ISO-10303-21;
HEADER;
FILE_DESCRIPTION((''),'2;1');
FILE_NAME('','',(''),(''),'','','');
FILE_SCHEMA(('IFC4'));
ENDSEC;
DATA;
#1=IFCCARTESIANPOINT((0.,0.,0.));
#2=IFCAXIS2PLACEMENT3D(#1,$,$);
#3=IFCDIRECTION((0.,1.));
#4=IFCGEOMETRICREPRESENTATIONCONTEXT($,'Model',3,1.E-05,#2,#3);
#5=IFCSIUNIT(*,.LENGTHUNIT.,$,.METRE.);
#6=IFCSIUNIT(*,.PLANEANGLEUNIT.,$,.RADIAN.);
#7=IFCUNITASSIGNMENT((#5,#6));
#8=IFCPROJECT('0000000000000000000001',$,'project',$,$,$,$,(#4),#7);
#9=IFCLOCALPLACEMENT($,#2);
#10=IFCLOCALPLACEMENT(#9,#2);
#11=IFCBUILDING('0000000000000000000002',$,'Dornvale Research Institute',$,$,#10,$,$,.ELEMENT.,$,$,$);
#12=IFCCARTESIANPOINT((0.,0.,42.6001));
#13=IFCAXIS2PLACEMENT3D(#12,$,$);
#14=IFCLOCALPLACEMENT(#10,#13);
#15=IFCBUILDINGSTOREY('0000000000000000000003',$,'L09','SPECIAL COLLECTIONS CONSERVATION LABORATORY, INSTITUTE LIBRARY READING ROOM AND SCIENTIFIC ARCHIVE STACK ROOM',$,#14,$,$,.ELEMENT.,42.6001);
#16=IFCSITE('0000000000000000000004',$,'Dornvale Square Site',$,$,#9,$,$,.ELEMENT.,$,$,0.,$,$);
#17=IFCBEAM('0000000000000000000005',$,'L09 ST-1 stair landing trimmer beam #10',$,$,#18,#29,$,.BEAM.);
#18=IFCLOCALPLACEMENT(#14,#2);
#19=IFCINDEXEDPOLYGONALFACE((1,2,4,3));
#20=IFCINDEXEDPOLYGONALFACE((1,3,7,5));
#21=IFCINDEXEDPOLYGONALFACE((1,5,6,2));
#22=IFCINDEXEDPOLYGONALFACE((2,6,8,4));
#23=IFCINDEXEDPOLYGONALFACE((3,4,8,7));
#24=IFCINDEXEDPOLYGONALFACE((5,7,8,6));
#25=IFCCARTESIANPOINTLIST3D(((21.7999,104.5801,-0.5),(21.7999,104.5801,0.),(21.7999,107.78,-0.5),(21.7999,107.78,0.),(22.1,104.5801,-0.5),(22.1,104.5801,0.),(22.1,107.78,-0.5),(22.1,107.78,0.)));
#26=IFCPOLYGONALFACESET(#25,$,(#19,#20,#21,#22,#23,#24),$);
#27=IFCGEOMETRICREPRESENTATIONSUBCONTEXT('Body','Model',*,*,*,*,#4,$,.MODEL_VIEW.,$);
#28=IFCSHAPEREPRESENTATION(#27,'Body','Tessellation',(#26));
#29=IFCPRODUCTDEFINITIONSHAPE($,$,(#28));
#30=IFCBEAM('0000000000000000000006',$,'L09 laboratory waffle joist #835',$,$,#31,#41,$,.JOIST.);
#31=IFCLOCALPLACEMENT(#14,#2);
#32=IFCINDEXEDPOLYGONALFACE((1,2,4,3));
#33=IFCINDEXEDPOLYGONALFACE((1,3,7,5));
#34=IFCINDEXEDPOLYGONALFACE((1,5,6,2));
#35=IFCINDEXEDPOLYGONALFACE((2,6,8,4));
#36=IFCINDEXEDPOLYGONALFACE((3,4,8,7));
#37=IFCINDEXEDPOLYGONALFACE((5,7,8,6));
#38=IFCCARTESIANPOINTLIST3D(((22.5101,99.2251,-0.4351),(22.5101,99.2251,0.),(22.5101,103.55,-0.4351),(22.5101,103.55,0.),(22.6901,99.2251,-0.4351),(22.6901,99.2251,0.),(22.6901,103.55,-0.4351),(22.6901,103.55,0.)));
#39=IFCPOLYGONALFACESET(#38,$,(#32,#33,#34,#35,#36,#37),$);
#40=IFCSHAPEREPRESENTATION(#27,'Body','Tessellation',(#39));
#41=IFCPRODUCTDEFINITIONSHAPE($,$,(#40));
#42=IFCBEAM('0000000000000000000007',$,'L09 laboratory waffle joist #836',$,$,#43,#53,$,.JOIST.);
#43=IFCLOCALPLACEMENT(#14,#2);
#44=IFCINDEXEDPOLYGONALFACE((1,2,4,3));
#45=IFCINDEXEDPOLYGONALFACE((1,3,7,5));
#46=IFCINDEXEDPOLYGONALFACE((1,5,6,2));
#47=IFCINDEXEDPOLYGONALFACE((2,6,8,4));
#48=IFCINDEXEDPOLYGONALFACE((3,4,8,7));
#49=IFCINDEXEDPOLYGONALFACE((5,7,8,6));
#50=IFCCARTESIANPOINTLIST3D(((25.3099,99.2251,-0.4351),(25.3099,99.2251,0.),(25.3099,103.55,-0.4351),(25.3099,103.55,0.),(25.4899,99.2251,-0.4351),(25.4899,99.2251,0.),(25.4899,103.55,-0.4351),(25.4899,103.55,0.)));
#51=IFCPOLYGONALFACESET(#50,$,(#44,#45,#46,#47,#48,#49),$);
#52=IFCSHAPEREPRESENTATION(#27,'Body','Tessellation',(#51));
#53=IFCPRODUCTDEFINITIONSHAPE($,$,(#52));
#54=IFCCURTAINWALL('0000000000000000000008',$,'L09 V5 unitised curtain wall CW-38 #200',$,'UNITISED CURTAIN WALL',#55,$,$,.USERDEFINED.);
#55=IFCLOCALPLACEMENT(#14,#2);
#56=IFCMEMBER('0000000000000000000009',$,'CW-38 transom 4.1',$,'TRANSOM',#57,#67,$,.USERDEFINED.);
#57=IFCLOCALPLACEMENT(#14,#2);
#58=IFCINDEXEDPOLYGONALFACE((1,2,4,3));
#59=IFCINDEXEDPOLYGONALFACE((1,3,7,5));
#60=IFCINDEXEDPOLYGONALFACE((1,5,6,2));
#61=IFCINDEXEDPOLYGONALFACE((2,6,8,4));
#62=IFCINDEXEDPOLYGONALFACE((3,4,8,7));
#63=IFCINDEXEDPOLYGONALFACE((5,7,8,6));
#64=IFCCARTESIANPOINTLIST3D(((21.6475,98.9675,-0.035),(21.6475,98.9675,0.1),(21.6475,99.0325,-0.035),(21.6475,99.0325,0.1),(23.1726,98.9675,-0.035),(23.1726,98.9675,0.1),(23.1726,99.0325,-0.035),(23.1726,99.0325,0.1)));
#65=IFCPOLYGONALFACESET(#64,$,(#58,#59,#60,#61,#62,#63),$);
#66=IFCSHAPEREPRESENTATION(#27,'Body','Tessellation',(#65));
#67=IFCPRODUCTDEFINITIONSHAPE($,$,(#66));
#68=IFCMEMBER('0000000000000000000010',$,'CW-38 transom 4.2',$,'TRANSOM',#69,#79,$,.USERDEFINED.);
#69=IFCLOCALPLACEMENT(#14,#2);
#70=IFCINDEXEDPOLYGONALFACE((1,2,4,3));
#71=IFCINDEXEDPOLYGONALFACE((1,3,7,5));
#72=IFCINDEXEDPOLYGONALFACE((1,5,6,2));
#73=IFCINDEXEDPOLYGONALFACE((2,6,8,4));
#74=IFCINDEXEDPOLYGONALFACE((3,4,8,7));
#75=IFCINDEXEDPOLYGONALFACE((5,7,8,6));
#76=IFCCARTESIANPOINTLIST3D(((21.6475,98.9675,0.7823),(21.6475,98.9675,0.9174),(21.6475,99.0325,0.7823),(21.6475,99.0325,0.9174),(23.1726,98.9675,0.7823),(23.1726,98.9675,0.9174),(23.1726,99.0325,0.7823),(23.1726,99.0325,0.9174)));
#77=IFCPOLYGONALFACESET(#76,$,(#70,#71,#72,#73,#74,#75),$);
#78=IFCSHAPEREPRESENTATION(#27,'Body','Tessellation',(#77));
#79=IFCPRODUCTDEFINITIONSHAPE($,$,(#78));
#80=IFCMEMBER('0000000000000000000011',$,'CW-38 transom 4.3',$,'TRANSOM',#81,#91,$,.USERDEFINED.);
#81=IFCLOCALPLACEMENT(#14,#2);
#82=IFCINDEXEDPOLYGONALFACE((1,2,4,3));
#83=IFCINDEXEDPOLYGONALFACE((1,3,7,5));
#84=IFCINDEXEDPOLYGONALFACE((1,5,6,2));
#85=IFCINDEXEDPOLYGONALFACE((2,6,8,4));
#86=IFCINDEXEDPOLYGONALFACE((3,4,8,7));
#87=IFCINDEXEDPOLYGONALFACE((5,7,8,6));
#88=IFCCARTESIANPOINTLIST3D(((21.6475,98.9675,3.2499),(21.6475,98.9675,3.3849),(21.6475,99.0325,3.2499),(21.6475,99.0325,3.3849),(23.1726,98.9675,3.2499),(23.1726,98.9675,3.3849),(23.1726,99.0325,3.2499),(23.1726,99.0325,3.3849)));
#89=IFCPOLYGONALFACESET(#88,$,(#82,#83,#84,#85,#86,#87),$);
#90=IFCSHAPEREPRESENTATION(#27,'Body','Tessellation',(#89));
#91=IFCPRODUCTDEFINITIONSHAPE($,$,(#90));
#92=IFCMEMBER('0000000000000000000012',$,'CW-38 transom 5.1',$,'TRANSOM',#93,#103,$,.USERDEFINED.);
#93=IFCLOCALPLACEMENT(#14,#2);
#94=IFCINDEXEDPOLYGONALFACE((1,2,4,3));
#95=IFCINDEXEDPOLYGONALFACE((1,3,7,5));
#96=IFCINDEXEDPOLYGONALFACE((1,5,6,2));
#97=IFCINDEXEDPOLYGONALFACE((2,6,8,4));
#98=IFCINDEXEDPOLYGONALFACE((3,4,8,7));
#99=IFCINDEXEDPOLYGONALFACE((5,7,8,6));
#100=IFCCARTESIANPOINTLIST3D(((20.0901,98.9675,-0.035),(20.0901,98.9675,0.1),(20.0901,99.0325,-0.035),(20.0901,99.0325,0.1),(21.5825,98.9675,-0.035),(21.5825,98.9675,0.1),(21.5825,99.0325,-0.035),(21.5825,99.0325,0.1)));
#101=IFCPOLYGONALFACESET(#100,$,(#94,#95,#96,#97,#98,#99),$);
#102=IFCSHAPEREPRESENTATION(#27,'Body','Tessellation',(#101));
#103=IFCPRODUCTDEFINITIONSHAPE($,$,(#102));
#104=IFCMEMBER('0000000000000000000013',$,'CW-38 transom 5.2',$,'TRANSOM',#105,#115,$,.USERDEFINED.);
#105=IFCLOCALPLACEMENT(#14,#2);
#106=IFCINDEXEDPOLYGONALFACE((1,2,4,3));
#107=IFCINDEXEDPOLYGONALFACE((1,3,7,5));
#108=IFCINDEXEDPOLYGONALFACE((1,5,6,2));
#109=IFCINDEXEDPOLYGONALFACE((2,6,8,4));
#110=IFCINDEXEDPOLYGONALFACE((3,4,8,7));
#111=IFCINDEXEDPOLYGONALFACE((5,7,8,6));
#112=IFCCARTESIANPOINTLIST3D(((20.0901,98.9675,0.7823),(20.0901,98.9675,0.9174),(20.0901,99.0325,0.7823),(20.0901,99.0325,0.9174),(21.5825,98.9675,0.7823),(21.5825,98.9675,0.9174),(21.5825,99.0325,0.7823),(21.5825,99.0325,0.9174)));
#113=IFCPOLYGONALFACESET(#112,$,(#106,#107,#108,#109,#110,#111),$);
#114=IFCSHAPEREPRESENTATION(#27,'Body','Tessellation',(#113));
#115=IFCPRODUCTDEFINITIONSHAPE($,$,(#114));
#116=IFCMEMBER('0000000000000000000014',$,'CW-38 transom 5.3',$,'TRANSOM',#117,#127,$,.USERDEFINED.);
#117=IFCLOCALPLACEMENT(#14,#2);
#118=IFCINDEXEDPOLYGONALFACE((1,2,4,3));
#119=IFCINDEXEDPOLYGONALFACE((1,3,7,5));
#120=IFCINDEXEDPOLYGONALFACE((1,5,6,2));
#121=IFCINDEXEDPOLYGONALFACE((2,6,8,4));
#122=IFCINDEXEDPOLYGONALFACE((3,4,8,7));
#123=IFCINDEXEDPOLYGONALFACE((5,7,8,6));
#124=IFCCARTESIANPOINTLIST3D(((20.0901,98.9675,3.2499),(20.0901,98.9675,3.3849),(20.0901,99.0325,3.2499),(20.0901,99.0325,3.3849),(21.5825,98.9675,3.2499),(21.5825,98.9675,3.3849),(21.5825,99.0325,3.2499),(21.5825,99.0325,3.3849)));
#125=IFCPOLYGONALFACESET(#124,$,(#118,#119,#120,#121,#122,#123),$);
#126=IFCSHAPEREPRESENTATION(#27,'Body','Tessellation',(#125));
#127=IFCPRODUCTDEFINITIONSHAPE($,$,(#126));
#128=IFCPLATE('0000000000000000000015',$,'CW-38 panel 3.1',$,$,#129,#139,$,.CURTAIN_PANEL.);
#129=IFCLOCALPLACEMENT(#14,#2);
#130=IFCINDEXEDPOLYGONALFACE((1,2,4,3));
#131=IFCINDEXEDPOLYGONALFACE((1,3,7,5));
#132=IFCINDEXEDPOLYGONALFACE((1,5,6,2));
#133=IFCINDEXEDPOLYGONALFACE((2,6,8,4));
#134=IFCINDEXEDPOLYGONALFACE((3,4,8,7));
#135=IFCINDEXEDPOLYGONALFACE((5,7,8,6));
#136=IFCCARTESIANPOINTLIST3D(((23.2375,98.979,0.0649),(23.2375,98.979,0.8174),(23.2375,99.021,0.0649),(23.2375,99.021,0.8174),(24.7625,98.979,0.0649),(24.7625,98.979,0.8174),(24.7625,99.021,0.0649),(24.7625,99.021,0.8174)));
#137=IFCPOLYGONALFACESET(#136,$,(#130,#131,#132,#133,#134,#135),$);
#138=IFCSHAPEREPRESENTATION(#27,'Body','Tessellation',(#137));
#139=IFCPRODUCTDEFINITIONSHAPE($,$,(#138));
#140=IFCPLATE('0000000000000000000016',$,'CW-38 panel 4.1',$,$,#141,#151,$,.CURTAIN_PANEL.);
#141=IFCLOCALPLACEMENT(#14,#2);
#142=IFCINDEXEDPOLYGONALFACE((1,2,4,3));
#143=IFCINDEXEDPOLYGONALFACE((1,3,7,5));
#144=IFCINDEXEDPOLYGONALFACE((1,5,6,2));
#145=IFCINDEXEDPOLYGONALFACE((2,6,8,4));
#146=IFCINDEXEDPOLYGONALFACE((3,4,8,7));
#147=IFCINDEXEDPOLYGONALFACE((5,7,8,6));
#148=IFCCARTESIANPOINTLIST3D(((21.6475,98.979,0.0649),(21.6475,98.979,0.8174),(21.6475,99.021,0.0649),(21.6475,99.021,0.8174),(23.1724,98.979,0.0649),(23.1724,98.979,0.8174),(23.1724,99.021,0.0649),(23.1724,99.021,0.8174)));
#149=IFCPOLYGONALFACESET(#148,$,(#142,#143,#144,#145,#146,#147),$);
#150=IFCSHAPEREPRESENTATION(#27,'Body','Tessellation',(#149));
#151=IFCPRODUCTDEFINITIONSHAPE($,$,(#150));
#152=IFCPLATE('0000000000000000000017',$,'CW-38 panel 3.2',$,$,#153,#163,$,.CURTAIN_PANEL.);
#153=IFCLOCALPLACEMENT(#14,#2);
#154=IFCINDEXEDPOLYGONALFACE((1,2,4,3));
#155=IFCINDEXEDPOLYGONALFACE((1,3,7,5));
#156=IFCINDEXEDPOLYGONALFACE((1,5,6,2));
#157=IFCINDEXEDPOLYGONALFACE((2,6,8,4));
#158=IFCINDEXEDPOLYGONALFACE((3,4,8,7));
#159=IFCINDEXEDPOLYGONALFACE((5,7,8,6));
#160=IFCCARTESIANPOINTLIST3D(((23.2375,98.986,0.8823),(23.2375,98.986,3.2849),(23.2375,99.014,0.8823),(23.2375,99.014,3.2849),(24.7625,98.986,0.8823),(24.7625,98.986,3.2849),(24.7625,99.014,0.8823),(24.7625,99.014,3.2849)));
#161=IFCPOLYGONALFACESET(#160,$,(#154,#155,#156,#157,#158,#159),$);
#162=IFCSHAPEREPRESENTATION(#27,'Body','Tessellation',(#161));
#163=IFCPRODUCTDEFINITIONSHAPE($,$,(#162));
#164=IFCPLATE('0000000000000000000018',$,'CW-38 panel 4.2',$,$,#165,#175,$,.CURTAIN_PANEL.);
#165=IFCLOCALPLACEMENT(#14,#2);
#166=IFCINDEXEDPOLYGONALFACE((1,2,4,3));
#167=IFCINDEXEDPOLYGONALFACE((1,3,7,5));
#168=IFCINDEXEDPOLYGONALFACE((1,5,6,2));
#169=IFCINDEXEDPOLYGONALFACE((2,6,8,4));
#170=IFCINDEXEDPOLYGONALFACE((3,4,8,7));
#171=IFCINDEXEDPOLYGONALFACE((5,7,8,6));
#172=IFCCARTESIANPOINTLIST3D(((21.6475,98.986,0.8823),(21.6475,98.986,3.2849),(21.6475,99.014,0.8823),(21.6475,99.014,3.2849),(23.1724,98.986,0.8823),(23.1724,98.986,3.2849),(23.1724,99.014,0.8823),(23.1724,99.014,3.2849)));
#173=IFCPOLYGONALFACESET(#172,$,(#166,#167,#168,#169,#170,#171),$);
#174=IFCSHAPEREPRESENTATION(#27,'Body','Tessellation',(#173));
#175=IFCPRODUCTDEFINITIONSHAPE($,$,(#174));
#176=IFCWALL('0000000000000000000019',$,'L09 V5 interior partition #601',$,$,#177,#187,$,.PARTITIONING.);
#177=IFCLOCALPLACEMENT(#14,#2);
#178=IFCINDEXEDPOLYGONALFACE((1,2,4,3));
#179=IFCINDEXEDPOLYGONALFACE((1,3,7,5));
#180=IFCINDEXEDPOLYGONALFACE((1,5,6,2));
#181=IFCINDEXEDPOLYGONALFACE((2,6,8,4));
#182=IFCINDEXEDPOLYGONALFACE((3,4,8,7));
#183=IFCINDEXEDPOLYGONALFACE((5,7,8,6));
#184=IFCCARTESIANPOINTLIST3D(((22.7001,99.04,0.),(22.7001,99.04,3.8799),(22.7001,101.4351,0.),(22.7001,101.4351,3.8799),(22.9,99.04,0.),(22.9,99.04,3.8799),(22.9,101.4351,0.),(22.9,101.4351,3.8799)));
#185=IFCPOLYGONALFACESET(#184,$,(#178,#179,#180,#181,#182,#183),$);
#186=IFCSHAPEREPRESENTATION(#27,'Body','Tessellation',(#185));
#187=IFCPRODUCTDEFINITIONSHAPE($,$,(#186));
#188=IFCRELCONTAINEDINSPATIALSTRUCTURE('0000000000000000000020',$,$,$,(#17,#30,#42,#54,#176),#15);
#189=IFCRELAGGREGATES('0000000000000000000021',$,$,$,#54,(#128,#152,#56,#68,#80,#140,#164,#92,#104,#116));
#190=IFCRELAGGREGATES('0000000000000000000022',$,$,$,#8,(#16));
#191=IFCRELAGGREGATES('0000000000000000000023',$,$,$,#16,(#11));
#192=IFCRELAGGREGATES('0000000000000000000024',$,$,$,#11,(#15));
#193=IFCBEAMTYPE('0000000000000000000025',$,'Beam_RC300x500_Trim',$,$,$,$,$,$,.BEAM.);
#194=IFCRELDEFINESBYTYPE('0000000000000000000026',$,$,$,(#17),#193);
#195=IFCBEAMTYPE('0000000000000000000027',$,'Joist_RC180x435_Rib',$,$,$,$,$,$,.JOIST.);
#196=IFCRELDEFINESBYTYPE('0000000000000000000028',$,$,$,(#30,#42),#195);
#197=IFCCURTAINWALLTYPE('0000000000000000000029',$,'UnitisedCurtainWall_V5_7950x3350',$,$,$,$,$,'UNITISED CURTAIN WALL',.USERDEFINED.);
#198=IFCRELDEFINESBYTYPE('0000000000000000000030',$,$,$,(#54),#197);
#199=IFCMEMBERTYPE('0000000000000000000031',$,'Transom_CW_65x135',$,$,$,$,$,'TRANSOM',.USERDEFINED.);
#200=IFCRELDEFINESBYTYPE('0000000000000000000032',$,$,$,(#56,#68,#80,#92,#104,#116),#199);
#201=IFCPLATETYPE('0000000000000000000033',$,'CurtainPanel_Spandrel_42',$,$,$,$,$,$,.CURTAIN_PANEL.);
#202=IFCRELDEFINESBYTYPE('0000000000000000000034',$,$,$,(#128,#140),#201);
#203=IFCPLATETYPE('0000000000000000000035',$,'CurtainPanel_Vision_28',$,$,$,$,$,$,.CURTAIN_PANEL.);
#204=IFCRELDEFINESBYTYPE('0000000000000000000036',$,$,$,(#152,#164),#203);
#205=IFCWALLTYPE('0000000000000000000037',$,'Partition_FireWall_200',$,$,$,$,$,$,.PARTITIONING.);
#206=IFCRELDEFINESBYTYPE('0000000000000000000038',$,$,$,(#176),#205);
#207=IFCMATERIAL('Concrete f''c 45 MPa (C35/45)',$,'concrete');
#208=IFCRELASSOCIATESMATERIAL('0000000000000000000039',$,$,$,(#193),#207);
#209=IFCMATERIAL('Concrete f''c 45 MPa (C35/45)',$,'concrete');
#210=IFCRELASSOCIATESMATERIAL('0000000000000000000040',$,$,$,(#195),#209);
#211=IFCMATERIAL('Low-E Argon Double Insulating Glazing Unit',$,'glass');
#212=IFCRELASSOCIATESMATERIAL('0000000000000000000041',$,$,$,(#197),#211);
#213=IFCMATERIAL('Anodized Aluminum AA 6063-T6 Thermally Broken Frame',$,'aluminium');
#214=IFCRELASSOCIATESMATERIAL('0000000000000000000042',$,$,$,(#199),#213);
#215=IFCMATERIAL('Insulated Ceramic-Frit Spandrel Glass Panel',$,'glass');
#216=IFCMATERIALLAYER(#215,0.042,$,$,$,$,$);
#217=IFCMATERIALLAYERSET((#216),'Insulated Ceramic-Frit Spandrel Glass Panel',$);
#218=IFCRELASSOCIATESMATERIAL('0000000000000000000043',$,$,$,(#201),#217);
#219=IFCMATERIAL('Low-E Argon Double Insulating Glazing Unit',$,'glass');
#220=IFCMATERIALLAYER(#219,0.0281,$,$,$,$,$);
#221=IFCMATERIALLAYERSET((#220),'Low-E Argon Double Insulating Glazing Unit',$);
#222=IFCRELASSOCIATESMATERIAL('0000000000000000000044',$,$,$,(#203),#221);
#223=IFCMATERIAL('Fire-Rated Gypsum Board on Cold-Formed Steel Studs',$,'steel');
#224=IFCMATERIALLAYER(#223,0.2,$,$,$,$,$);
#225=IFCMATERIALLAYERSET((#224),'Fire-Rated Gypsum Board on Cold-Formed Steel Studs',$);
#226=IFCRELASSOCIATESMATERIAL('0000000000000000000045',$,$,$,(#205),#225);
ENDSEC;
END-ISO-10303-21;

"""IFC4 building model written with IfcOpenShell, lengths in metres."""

from ifc_helpers import new_model, si_unit, direction, frame, frame_2d, origin, origin_2d, place, context, subcontext, project, spatial, rectangle, extrude, material, layer, layer_set, material_profile, profile_set, type_object, element, aggregate, save


model = new_model("IFC4")

# Units and contexts
model_context = context("Model", 3, precision=1e-05, world=origin(), true_north=direction((0.0, 1.0)))
body_context = subcontext(model_context, "Body", "Model", "MODEL_VIEW")
ifc_project = project(units=[si_unit("LENGTHUNIT", "METRE"), si_unit("PLANEANGLEUNIT", "RADIAN")], contexts=[model_context])

# Site, building, storey
site_placement = place(None, origin())
site = spatial("IfcSite", under=ifc_project, at=site_placement, Name="Dornvale Square Site", CompositionType="ELEMENT", RefElevation=0.0)
building_placement = place(site_placement, origin())
building = spatial("IfcBuilding", under=site, at=building_placement, Name="Dornvale Research Institute", CompositionType="ELEMENT")
storey_placement = place(building_placement, frame((0.0, 0.0, 42.6001)))
storey = spatial("IfcBuildingStorey", under=building, at=storey_placement, Name="L09", Description="SPECIAL COLLECTIONS CONSERVATION LABORATORY, INSTITUTE LIBRARY READING ROOM AND SCIENTIFIC ARCHIVE STACK ROOM", CompositionType="ELEMENT", Elevation=42.6001)

# Beams
ifc_material_1 = material(Name="Concrete f'c 45 MPa (C35/45)", Category="concrete")
ifc_material_profile_1 = material_profile(ifc_material_1, rectangle(XDim=0.3, YDim=0.5, at=origin_2d()), Name="RC 300x500")
ifc_profile_set_1 = profile_set([ifc_material_profile_1], Name="Concrete f'c 45 MPa (C35/45)")
beam_type_1 = type_object("IfcBeamType", Name="Beam_RC300x500_Trim", PredefinedType="BEAM", material=ifc_profile_set_1)
beam_placement = place(storey_placement, frame((21.95, 104.5801, -0.25), z_axis=(0.0, 1.0, 0.0), x_axis=(-1.0, 0.0, 0.0)))
element("IfcBeam", 1, at=beam_placement, inside=storey, type_object=beam_type_1, Name="L09 ST-1 stair landing trimmer beam #10", PredefinedType="BEAM", context=body_context, shape_type="SweptSolid", body=[
    extrude(rectangle(XDim=0.3, YDim=0.5, at=origin_2d()), origin(), (0.0, 0.0, 1.0), 3.2),
])
ifc_material_2 = material(Name="Concrete f'c 45 MPa (C35/45)", Category="concrete")
ifc_material_profile_2 = material_profile(ifc_material_2, rectangle(XDim=0.1799, YDim=0.4351, at=origin_2d()), Name="RC 180x435")
ifc_profile_set_2 = profile_set([ifc_material_profile_2], Name="Concrete f'c 45 MPa (C35/45)")
beam_type_2 = type_object("IfcBeamType", Name="Joist_RC180x435_Rib", PredefinedType="JOIST", material=ifc_profile_set_2)
for number, where, z_axis, x_axis, name in (
    (2, (22.6001, 99.2251, -0.2175), (0.0, 1.0, 0.0), (-1.0, 0.0, 0.0), "L09 laboratory waffle joist #835"),
    (3, (25.3999, 99.2251, -0.2175), (0.0, 1.0, 0.0), (-1.0, 0.0, 0.0), "L09 laboratory waffle joist #836"),
):
    element("IfcBeam", number, at=place(storey_placement, frame(where, z_axis=z_axis, x_axis=x_axis)), inside=storey, type_object=beam_type_2, Name=name, PredefinedType="JOIST", context=body_context, shape_type="SweptSolid", body=[
        extrude(rectangle(XDim=0.1799, YDim=0.4351, at=origin_2d()), origin(), (0.0, 0.0, 1.0), 4.325),
    ])

# Curtain wall, members, plates
ifc_material_3 = material(Name="Low-E Argon Double Insulating Glazing Unit", Category="glass")
curtain_wall_type = type_object("IfcCurtainWallType", Name="UnitisedCurtainWall_V5_7950x3350", ElementType="UNITISED CURTAIN WALL", PredefinedType="USERDEFINED", material=ifc_material_3)
curtain_wall_placement = place(storey_placement, origin())
curtain_wall = element("IfcCurtainWall", 4, at=curtain_wall_placement, inside=storey, type_object=curtain_wall_type, Name="L09 V5 unitised curtain wall CW-38 #200", ObjectType="UNITISED CURTAIN WALL", PredefinedType="USERDEFINED")
ifc_material_4 = material(Name="Anodized Aluminum AA 6063-T6 Thermally Broken Frame", Category="aluminium")
ifc_material_profile_3 = material_profile(ifc_material_4, rectangle(XDim=0.0649, YDim=0.135, at=origin_2d()), Name="ALU TRANSOM 65x135")
ifc_profile_set_3 = profile_set([ifc_material_profile_3], Name="Anodized Aluminum AA 6063-T6 Thermally Broken Frame")
member_type = type_object("IfcMemberType", Name="Transom_CW_65x135", ElementType="TRANSOM", PredefinedType="USERDEFINED", material=ifc_profile_set_3)
member_1_placement = place(storey_placement, frame((23.1726, 99.0, 0.0325), z_axis=(-1.0, 0.0, 0.0), x_axis=(0.0, -1.0, 0.0)))
member_1 = element("IfcMember", 5, at=member_1_placement, type_object=member_type, Name="CW-38 transom 4.1", ObjectType="TRANSOM", PredefinedType="USERDEFINED", context=body_context, shape_type="SweptSolid", body=[
    extrude(rectangle(XDim=0.0649, YDim=0.135, at=origin_2d()), origin(), (0.0, 0.0, 1.0), 1.5251),
])
member_2_placement = place(storey_placement, frame((23.1726, 99.0, 0.8499), z_axis=(-1.0, 0.0, 0.0), x_axis=(0.0, -1.0, 0.0)))
member_2 = element("IfcMember", 6, at=member_2_placement, type_object=member_type, Name="CW-38 transom 4.2", ObjectType="TRANSOM", PredefinedType="USERDEFINED", context=body_context, shape_type="SweptSolid", body=[
    extrude(rectangle(XDim=0.0649, YDim=0.135, at=origin_2d()), origin(), (0.0, 0.0, 1.0), 1.5251),
])
member_3_placement = place(storey_placement, frame((23.1726, 99.0, 3.3174), z_axis=(-1.0, 0.0, 0.0), x_axis=(0.0, -1.0, 0.0)))
member_3 = element("IfcMember", 7, at=member_3_placement, type_object=member_type, Name="CW-38 transom 4.3", ObjectType="TRANSOM", PredefinedType="USERDEFINED", context=body_context, shape_type="SweptSolid", body=[
    extrude(rectangle(XDim=0.0649, YDim=0.135, at=origin_2d()), origin(), (0.0, 0.0, 1.0), 1.5251),
])
member_4_placement = place(storey_placement, frame((21.5825, 99.0, 0.0325), z_axis=(-1.0, 0.0, 0.0), x_axis=(0.0, -1.0, 0.0)))
member_4 = element("IfcMember", 8, at=member_4_placement, type_object=member_type, Name="CW-38 transom 5.1", ObjectType="TRANSOM", PredefinedType="USERDEFINED", context=body_context, shape_type="SweptSolid", body=[
    extrude(rectangle(XDim=0.0649, YDim=0.135, at=origin_2d()), origin(), (0.0, 0.0, 1.0), 1.4924),
])
member_5_placement = place(storey_placement, frame((21.5825, 99.0, 0.8499), z_axis=(-1.0, 0.0, 0.0), x_axis=(0.0, -1.0, 0.0)))
member_5 = element("IfcMember", 9, at=member_5_placement, type_object=member_type, Name="CW-38 transom 5.2", ObjectType="TRANSOM", PredefinedType="USERDEFINED", context=body_context, shape_type="SweptSolid", body=[
    extrude(rectangle(XDim=0.0649, YDim=0.135, at=origin_2d()), origin(), (0.0, 0.0, 1.0), 1.4924),
])
member_6_placement = place(storey_placement, frame((21.5825, 99.0, 3.3174), z_axis=(-1.0, 0.0, 0.0), x_axis=(0.0, -1.0, 0.0)))
member_6 = element("IfcMember", 10, at=member_6_placement, type_object=member_type, Name="CW-38 transom 5.3", ObjectType="TRANSOM", PredefinedType="USERDEFINED", context=body_context, shape_type="SweptSolid", body=[
    extrude(rectangle(XDim=0.0649, YDim=0.135, at=origin_2d()), origin(), (0.0, 0.0, 1.0), 1.4924),
])
ifc_material_5 = material(Name="Insulated Ceramic-Frit Spandrel Glass Panel", Category="glass")
ifc_layer_1 = layer(ifc_material_5, 0.042)
ifc_layer_set_1 = layer_set([ifc_layer_1], Name="Insulated Ceramic-Frit Spandrel Glass Panel")
plate_type_1 = type_object("IfcPlateType", Name="CurtainPanel_Spandrel_42", PredefinedType="CURTAIN_PANEL", material=ifc_layer_set_1)
plate_1_placement = place(storey_placement, frame((24.0, 99.0, 0.0649), z_axis=(0.0, 0.0, 1.0), x_axis=(-1.0, 0.0, 0.0)))
plate_1 = element("IfcPlate", 11, at=plate_1_placement, type_object=plate_type_1, Name="CW-38 panel 3.1", PredefinedType="CURTAIN_PANEL", context=body_context, shape_type="SweptSolid", body=[
    extrude(rectangle(XDim=1.5249, YDim=0.042, at=origin_2d()), origin(), (0.0, 0.0, 1.0), 0.7524),
])
plate_2_placement = place(storey_placement, frame((22.4099, 99.0, 0.0649), z_axis=(0.0, 0.0, 1.0), x_axis=(-1.0, 0.0, 0.0)))
plate_2 = element("IfcPlate", 12, at=plate_2_placement, type_object=plate_type_1, Name="CW-38 panel 4.1", PredefinedType="CURTAIN_PANEL", context=body_context, shape_type="SweptSolid", body=[
    extrude(rectangle(XDim=1.5249, YDim=0.042, at=origin_2d()), origin(), (0.0, 0.0, 1.0), 0.7524),
])
ifc_material_6 = material(Name="Low-E Argon Double Insulating Glazing Unit", Category="glass")
ifc_layer_2 = layer(ifc_material_6, 0.0281)
ifc_layer_set_2 = layer_set([ifc_layer_2], Name="Low-E Argon Double Insulating Glazing Unit")
plate_type_2 = type_object("IfcPlateType", Name="CurtainPanel_Vision_28", PredefinedType="CURTAIN_PANEL", material=ifc_layer_set_2)
plate_3_placement = place(storey_placement, frame((24.0, 99.0, 0.8823), z_axis=(0.0, 0.0, 1.0), x_axis=(-1.0, 0.0, 0.0)))
plate_3 = element("IfcPlate", 13, at=plate_3_placement, type_object=plate_type_2, Name="CW-38 panel 3.2", PredefinedType="CURTAIN_PANEL", context=body_context, shape_type="SweptSolid", body=[
    extrude(rectangle(XDim=1.5249, YDim=0.0281, at=origin_2d()), origin(), (0.0, 0.0, 1.0), 2.4026),
])
plate_4_placement = place(storey_placement, frame((22.4099, 99.0, 0.8823), z_axis=(0.0, 0.0, 1.0), x_axis=(-1.0, 0.0, 0.0)))
plate_4 = element("IfcPlate", 14, at=plate_4_placement, type_object=plate_type_2, Name="CW-38 panel 4.2", PredefinedType="CURTAIN_PANEL", context=body_context, shape_type="SweptSolid", body=[
    extrude(rectangle(XDim=1.5249, YDim=0.0281, at=origin_2d()), origin(), (0.0, 0.0, 1.0), 2.4026),
])
aggregate(curtain_wall, [plate_1, plate_3, member_1, member_2, member_3, plate_2, plate_4, member_4, member_5, member_6])

# Wall
ifc_material_7 = material(Name="Fire-Rated Gypsum Board on Cold-Formed Steel Studs", Category="steel")
ifc_layer_3 = layer(ifc_material_7, 0.2)
ifc_layer_set_3 = layer_set([ifc_layer_3], Name="Fire-Rated Gypsum Board on Cold-Formed Steel Studs")
wall_type_1 = type_object("IfcWallType", Name="Partition_FireWall_200", PredefinedType="PARTITIONING", material=ifc_layer_set_3)
wall_1_placement = place(storey_placement, frame((22.8, 99.04, 0.0), z_axis=(0.0, 0.0, 1.0), x_axis=(0.0, 1.0, 0.0)))
element("IfcWall", 15, at=wall_1_placement, inside=storey, type_object=wall_type_1, Name="L09 V5 interior partition #601", PredefinedType="PARTITIONING", context=body_context, shape_type="SweptSolid", body=[
    extrude(rectangle(XDim=2.395, YDim=0.2, at=frame_2d((1.1975, 0.0))), origin(), (0.0, 0.0, 1.0), 3.8799),
])

save(model, "model.ifc")
